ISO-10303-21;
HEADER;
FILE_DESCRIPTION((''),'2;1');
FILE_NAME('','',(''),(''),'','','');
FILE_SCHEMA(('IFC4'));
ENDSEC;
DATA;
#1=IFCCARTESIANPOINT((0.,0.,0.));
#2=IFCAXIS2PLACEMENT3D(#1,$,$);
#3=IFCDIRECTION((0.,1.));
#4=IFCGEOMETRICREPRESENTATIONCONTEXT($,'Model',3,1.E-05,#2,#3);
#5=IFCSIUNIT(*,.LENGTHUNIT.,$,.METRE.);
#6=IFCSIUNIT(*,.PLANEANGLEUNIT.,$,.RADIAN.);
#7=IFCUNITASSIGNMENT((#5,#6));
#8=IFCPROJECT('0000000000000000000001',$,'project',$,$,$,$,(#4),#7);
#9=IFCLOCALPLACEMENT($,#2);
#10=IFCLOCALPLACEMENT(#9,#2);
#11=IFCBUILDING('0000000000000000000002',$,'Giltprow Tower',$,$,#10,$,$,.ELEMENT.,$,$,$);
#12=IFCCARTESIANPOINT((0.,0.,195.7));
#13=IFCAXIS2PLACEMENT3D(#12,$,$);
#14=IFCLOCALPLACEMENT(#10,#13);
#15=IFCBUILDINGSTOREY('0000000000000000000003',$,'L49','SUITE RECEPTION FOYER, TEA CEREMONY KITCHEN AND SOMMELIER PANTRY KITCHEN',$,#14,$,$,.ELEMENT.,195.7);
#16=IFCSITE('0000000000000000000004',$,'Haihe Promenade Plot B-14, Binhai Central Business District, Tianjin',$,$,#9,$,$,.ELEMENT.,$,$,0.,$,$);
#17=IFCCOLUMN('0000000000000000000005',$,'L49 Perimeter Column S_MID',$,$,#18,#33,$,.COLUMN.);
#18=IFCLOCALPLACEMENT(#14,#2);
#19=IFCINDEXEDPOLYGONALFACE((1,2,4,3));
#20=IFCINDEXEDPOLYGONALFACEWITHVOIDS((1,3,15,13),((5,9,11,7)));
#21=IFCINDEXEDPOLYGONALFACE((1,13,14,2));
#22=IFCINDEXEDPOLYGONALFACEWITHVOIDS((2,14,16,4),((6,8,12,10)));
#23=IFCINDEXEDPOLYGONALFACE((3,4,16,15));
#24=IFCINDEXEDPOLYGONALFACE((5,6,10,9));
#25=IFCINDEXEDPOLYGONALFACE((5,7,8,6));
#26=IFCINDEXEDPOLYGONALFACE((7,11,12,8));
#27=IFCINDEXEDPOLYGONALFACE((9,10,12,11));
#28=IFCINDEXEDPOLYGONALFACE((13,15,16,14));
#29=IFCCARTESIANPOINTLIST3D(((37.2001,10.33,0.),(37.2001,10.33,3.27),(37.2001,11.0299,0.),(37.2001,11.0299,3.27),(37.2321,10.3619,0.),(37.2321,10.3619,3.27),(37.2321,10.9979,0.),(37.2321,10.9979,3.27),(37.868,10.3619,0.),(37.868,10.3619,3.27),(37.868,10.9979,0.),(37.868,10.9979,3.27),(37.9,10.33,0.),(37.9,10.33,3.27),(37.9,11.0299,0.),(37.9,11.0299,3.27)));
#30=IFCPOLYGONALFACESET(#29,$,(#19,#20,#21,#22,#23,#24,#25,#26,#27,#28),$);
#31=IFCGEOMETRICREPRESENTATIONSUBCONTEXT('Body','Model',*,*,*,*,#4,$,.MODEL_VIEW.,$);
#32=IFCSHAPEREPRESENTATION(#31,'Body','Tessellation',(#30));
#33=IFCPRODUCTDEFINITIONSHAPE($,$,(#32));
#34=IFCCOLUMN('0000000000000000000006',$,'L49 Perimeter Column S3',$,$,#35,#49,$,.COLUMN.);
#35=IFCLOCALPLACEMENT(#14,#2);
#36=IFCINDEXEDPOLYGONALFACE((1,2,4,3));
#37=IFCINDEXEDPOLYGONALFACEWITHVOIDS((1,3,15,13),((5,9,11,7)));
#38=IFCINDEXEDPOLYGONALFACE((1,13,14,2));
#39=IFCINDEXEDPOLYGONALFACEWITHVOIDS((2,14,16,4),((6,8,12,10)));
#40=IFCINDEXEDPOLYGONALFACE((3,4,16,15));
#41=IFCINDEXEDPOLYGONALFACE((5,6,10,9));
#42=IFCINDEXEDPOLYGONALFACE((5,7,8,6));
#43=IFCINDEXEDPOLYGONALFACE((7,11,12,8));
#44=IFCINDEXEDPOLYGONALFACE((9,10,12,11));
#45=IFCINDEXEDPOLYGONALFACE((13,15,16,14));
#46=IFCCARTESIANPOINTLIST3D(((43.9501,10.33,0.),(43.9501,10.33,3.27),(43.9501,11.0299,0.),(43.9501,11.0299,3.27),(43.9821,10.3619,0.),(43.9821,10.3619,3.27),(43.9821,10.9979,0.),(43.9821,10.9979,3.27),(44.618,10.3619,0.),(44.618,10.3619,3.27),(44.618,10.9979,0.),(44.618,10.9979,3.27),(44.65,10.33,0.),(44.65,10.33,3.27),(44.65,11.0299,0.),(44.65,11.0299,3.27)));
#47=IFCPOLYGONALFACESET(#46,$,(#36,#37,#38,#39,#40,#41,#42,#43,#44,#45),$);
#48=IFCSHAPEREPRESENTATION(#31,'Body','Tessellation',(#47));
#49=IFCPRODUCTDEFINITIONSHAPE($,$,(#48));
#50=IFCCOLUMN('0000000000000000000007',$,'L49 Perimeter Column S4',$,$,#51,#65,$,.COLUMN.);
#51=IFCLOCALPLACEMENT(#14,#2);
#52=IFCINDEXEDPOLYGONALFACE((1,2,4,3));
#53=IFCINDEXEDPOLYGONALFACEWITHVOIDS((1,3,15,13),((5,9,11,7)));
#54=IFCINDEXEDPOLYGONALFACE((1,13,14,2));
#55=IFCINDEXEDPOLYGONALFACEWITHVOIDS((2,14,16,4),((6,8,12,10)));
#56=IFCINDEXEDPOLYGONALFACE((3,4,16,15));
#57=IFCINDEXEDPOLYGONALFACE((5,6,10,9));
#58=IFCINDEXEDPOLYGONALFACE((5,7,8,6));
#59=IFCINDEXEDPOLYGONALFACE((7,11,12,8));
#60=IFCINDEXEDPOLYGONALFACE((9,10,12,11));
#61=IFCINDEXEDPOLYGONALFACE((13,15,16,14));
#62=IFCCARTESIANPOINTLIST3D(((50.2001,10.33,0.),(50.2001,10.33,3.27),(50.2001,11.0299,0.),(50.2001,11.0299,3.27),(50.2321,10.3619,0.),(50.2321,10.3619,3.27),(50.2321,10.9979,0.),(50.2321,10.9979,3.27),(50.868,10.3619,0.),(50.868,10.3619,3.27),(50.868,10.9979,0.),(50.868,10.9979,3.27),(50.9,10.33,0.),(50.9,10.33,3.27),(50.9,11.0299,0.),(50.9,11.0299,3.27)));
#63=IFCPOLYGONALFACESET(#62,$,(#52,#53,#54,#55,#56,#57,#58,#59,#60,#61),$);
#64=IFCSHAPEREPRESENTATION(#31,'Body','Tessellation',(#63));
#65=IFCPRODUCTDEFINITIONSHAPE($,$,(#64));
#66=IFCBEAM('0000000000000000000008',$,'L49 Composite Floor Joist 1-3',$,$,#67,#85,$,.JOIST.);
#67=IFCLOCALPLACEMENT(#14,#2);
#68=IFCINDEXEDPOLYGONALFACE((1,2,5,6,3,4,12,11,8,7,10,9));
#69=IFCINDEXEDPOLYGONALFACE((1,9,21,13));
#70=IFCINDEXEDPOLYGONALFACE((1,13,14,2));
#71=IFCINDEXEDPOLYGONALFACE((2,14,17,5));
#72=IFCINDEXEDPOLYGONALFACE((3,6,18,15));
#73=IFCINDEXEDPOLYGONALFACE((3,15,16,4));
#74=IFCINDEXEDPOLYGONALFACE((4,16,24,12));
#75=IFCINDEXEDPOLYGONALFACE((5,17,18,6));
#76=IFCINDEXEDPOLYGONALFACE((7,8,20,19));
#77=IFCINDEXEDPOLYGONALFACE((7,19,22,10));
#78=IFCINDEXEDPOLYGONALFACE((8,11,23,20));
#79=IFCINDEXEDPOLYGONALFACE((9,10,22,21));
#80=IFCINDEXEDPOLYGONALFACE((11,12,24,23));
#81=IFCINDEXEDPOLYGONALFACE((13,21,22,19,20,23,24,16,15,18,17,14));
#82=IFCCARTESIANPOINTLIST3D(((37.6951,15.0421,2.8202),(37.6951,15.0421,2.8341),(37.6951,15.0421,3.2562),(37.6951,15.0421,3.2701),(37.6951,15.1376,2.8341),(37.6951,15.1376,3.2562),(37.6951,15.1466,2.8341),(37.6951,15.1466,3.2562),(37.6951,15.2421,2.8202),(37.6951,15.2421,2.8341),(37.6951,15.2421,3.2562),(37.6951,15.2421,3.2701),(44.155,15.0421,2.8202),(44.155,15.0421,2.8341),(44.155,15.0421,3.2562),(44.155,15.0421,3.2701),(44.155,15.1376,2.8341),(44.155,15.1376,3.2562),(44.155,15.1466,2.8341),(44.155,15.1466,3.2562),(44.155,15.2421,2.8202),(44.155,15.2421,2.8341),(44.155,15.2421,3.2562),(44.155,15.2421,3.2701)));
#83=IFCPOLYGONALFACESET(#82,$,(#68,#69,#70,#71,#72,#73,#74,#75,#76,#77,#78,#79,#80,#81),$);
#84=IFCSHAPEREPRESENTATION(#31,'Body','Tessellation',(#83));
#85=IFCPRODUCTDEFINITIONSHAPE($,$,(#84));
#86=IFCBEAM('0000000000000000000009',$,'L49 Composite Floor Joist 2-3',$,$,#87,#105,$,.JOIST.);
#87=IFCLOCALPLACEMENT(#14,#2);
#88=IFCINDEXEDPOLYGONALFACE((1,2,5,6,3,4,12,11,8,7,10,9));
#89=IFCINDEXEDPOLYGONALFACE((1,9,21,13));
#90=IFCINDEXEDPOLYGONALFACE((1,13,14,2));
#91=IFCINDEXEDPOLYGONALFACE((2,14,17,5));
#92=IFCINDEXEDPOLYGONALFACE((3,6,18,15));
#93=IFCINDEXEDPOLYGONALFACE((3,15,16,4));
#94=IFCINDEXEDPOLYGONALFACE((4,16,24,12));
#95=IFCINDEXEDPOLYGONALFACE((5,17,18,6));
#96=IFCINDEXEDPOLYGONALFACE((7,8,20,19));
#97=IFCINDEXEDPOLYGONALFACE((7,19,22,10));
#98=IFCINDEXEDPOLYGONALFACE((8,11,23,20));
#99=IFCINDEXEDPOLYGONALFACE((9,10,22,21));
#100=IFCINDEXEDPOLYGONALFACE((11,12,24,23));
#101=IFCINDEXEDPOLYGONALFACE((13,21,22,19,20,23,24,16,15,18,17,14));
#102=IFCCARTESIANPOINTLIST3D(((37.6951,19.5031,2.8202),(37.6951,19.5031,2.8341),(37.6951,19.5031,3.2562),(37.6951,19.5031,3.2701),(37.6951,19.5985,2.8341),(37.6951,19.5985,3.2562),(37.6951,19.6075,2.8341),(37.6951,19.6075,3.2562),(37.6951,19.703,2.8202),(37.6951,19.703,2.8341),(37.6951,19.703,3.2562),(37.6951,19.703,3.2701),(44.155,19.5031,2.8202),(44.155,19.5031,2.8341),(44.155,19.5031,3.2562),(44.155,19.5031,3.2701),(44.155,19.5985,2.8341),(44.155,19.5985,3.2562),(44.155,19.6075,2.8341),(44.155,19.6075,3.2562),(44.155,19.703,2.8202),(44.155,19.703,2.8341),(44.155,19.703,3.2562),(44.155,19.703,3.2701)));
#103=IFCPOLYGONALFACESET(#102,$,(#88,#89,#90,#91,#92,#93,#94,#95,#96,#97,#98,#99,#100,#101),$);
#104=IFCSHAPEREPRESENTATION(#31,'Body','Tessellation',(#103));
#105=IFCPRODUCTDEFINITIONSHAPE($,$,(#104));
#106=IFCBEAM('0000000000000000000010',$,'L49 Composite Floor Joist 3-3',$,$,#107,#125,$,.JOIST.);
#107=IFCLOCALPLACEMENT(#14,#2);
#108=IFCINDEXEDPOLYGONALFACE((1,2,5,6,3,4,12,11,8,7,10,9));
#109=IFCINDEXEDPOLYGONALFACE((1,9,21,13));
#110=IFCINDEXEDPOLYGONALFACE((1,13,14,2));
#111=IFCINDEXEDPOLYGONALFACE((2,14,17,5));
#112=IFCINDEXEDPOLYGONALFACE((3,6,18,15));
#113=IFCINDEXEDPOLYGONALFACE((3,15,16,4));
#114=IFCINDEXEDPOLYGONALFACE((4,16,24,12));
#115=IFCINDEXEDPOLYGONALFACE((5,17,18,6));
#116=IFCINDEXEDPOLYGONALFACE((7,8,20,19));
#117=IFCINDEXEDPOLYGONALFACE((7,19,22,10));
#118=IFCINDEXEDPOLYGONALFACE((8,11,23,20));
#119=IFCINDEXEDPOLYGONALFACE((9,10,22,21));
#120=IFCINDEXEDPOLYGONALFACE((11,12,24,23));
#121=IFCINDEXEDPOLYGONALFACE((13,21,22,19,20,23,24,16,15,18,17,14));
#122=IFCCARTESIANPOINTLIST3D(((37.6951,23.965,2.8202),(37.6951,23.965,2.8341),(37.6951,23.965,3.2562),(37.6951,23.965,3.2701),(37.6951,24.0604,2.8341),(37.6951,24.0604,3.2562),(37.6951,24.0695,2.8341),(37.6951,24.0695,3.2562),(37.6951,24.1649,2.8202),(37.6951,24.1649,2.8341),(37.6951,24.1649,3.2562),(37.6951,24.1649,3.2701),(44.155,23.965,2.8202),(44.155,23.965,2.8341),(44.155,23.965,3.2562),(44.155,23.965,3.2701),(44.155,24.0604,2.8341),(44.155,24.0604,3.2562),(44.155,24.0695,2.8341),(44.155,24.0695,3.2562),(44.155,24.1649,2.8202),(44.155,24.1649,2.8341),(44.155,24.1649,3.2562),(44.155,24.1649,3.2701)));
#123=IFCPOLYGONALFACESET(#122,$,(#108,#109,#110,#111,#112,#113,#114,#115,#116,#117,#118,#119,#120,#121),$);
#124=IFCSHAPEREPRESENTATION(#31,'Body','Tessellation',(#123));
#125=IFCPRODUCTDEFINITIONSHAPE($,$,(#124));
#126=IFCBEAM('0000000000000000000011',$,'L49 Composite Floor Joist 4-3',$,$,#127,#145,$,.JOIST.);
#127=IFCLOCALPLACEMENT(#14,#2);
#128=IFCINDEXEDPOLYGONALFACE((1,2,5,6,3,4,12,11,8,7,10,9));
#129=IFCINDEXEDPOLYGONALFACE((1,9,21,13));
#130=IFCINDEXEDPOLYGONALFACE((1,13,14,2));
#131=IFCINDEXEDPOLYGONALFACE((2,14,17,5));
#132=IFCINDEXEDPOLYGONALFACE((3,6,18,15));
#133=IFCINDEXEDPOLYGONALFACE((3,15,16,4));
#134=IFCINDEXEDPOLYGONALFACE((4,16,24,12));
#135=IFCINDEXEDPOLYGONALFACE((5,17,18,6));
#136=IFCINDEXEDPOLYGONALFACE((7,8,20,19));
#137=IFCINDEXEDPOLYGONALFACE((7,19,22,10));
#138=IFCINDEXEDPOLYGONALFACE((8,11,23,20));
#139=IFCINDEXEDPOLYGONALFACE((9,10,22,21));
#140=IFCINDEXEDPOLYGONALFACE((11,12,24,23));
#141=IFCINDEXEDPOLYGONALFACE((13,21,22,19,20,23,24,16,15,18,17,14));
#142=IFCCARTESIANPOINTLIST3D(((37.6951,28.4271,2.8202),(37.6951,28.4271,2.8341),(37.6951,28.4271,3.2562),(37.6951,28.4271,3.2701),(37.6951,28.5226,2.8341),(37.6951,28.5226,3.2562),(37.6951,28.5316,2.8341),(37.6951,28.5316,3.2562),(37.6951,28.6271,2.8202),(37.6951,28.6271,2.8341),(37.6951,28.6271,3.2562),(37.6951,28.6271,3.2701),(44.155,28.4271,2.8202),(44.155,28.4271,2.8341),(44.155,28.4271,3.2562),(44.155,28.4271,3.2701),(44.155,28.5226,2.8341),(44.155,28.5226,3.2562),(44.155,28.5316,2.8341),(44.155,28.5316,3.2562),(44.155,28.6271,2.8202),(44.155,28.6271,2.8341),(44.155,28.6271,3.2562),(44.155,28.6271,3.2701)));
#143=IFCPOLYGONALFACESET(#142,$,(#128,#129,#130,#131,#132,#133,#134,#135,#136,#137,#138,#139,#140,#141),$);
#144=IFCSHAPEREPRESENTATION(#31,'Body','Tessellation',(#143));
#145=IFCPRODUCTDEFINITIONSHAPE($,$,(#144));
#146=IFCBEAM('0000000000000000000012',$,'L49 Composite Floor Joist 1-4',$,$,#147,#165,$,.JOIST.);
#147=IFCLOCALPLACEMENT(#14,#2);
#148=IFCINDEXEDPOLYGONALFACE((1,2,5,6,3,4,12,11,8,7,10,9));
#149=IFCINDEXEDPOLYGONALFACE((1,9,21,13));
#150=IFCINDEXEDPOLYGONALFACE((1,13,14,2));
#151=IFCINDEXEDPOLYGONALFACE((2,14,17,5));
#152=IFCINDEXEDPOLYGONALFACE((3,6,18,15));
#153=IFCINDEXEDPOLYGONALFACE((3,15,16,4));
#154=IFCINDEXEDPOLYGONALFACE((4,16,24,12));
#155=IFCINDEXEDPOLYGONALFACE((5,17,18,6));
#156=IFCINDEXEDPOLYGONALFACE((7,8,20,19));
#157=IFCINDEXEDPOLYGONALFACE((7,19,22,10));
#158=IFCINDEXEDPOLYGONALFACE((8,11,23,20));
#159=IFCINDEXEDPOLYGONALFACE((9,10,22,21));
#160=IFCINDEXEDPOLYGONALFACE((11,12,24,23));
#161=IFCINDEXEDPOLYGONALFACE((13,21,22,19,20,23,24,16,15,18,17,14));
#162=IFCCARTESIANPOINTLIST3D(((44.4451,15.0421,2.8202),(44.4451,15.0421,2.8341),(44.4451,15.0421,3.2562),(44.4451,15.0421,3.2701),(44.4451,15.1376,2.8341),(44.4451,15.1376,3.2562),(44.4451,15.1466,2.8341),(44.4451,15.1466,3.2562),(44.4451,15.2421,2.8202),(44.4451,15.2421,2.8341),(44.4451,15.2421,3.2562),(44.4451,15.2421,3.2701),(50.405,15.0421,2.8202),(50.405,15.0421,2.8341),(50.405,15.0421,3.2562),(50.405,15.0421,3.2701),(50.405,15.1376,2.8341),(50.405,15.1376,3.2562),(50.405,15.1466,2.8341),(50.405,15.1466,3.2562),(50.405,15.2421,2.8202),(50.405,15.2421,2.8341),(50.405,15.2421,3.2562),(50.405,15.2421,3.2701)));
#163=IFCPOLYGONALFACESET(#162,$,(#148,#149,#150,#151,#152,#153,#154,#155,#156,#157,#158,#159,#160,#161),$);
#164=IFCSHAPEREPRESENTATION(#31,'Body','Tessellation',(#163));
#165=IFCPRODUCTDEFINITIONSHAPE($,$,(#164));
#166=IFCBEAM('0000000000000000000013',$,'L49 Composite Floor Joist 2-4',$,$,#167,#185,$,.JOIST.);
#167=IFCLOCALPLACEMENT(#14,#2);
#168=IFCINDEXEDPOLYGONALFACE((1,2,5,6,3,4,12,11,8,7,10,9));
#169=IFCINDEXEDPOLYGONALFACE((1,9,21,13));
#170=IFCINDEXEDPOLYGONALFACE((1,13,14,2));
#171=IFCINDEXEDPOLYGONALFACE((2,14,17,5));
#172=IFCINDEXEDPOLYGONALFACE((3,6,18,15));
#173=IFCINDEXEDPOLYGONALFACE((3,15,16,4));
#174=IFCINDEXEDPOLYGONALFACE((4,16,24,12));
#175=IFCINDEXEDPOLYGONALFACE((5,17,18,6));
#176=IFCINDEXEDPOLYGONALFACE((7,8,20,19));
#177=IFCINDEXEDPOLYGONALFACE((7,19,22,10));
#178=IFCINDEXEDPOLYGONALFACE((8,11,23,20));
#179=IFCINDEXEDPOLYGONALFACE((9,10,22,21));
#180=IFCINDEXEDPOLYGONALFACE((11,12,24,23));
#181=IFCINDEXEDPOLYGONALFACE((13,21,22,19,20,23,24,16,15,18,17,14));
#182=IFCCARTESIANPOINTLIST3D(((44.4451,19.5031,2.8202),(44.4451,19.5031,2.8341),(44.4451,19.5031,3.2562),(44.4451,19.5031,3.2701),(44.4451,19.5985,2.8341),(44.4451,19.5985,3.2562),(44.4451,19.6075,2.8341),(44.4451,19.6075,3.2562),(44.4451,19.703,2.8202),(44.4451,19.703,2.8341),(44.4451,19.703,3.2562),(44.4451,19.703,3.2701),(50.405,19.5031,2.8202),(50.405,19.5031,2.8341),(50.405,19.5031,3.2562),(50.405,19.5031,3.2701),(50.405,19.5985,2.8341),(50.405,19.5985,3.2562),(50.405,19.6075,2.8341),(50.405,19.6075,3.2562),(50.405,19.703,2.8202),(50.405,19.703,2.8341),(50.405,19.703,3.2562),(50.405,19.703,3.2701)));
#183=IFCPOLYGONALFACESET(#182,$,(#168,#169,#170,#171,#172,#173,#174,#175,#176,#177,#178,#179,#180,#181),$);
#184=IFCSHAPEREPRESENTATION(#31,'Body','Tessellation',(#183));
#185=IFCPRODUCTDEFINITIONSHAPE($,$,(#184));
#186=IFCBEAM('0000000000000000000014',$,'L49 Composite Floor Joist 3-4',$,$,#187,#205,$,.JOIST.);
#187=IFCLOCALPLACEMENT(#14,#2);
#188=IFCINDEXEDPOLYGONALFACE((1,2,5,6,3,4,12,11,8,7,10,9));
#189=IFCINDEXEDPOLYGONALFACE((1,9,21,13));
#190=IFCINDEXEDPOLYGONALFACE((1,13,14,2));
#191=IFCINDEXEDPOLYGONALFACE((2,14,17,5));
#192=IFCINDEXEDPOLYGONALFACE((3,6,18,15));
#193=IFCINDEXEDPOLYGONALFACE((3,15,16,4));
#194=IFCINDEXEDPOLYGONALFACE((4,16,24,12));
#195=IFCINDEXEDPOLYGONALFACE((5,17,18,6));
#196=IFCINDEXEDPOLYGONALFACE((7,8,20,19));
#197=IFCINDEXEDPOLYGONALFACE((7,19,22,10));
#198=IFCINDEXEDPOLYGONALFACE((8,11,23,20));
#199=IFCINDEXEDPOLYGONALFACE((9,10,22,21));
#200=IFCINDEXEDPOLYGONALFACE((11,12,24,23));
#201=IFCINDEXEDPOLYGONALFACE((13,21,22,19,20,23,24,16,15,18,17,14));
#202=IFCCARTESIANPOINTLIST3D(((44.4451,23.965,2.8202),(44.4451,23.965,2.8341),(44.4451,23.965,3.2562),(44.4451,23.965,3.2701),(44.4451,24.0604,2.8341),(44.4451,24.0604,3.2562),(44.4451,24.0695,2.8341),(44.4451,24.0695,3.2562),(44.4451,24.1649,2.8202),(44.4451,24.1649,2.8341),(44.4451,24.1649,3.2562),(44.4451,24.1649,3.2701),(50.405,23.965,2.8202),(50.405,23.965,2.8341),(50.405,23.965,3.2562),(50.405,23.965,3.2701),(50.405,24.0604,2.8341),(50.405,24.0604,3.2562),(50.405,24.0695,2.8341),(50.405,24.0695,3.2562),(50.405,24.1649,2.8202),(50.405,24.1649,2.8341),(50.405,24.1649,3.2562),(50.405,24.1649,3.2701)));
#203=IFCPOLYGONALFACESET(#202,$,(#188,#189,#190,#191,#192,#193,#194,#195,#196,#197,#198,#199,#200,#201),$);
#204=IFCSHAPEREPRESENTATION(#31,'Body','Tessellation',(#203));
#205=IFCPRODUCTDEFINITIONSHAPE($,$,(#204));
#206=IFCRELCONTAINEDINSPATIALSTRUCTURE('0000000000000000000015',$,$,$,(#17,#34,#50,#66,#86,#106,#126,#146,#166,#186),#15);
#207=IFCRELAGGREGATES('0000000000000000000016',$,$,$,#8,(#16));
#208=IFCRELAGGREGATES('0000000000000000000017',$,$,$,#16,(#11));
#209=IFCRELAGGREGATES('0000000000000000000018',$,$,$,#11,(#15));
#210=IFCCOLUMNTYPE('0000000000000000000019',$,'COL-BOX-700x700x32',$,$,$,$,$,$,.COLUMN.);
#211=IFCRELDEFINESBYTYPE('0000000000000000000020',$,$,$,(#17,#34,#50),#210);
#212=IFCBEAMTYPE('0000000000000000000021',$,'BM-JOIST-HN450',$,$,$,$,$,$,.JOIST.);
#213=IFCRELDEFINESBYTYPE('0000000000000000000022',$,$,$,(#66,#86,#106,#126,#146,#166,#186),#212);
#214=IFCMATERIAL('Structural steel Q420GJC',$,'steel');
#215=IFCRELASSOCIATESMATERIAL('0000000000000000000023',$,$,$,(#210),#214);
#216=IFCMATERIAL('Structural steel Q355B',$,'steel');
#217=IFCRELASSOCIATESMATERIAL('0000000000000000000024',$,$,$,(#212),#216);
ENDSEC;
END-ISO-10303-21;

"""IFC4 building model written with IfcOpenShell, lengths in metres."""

from ifc_helpers import new_model, si_unit, direction, frame, origin, origin_2d, place, context, subcontext, project, spatial, hollow_rectangle, i_section, extrude, source, transform, mapped, material, material_profile, profile_set, type_object, element, save


model = new_model("IFC4")

# Units and contexts
model_context = context("Model", 3, precision=1e-05, world=origin(), true_north=direction((0.0, 1.0)))
body_context = subcontext(model_context, "Body", "Model", "MODEL_VIEW")
ifc_project = project(units=[si_unit("LENGTHUNIT", "METRE"), si_unit("PLANEANGLEUNIT", "RADIAN")], contexts=[model_context])

# Site, building, storey
site_placement = place(None, origin())
site = spatial("IfcSite", under=ifc_project, at=site_placement, Name="Haihe Promenade Plot B-14, Binhai Central Business District, Tianjin", CompositionType="ELEMENT", RefElevation=0.0)
building_placement = place(site_placement, origin())
building = spatial("IfcBuilding", under=site, at=building_placement, Name="Giltprow Tower", CompositionType="ELEMENT")
storey_placement = place(building_placement, frame((0.0, 0.0, 195.7)))
storey = spatial("IfcBuildingStorey", under=building, at=storey_placement, Name="L49", Description="SUITE RECEPTION FOYER, TEA CEREMONY KITCHEN AND SOMMELIER PANTRY KITCHEN", CompositionType="ELEMENT", Elevation=195.7)

# Columns
ifc_material_1 = material(Name="Structural steel Q420GJC", Category="steel")
ifc_material_profile_1 = material_profile(ifc_material_1, hollow_rectangle(XDim=0.7, YDim=0.7, WallThickness=0.032, at=origin_2d()), Name="BOX 700x700x32")
ifc_profile_set_1 = profile_set([ifc_material_profile_1], Name="Structural steel Q420GJC")
column_type = type_object("IfcColumnType", Name="COL-BOX-700x700x32", PredefinedType="COLUMN", material=ifc_profile_set_1)
shared_shape_1 = source(origin(), body_context, "Body", "SweptSolid", [
    extrude(hollow_rectangle(XDim=0.7, YDim=0.7, WallThickness=0.032, at=origin_2d()), origin(), (0.0, 0.0, 1.0), 3.27),
])
for number, where, z_axis, x_axis, name in (
    (1, (37.55, 10.6799, 0.0), (0.0, 0.0, 1.0), (1.0, 0.0, 0.0), "L49 Perimeter Column S_MID"),
    (2, (44.3, 10.6799, 0.0), (0.0, 0.0, 1.0), (1.0, 0.0, 0.0), "L49 Perimeter Column S3"),
    (3, (50.55, 10.6799, 0.0), (0.0, 0.0, 1.0), (1.0, 0.0, 0.0), "L49 Perimeter Column S4"),
):
    element("IfcColumn", number, at=place(storey_placement, frame(where, z_axis=z_axis, x_axis=x_axis)), inside=storey, type_object=column_type, Name=name, PredefinedType="COLUMN", context=body_context, shape_type="MappedRepresentation", body=[
        mapped(shared_shape_1, transform((0.0, 0.0, 0.0), x_axis=(1.0, 0.0, 0.0), y_axis=(0.0, 1.0, 0.0), z_axis=(0.0, 0.0, 1.0), scale=1.0)),
    ])

# Beams
ifc_material_2 = material(Name="Structural steel Q355B", Category="steel")
ifc_material_profile_2 = material_profile(ifc_material_2, i_section(OverallWidth=0.2, OverallDepth=0.45, WebThickness=0.009, FlangeThickness=0.0139, at=origin_2d()), Name="HN 450x200x9x14")
ifc_profile_set_2 = profile_set([ifc_material_profile_2], Name="Structural steel Q355B")
beam_type_1 = type_object("IfcBeamType", Name="BM-JOIST-HN450", PredefinedType="JOIST", material=ifc_profile_set_2)
shared_shape_2 = source(origin(), body_context, "Body", "SweptSolid", [
    extrude(i_section(OverallWidth=0.2, OverallDepth=0.45, WebThickness=0.009, FlangeThickness=0.0139, at=origin_2d()), origin(), (0.0, 0.0, 1.0), 6.46),
])
for number, where, z_axis, x_axis, name in (
    (4, (37.6951, 15.1421, 3.0452), (1.0, 0.0, 0.0), (0.0, 1.0, 0.0), "L49 Composite Floor Joist 1-3"),
    (5, (37.6951, 19.603, 3.0452), (1.0, 0.0, 0.0), (0.0, 1.0, 0.0), "L49 Composite Floor Joist 2-3"),
    (6, (37.6951, 24.0649, 3.0452), (1.0, 0.0, 0.0), (0.0, 1.0, 0.0), "L49 Composite Floor Joist 3-3"),
    (7, (37.6951, 28.5271, 3.0452), (1.0, 0.0, 0.0), (0.0, 1.0, 0.0), "L49 Composite Floor Joist 4-3"),
):
    element("IfcBeam", number, at=place(storey_placement, frame(where, z_axis=z_axis, x_axis=x_axis)), inside=storey, type_object=beam_type_1, Name=name, PredefinedType="JOIST", context=body_context, shape_type="MappedRepresentation", body=[
        mapped(shared_shape_2, transform((0.0, 0.0, 0.0), x_axis=(1.0, 0.0, 0.0), y_axis=(0.0, 1.0, 0.0), z_axis=(0.0, 0.0, 1.0), scale=1.0)),
    ])
shared_shape_3 = source(origin(), body_context, "Body", "SweptSolid", [
    extrude(i_section(OverallWidth=0.2, OverallDepth=0.45, WebThickness=0.009, FlangeThickness=0.0139, at=origin_2d()), origin(), (0.0, 0.0, 1.0), 5.96),
])
for number, where, z_axis, x_axis, name in (
    (8, (44.4451, 15.1421, 3.0452), (1.0, 0.0, 0.0), (0.0, 1.0, 0.0), "L49 Composite Floor Joist 1-4"),
    (9, (44.4451, 19.603, 3.0452), (1.0, 0.0, 0.0), (0.0, 1.0, 0.0), "L49 Composite Floor Joist 2-4"),
    (10, (44.4451, 24.0649, 3.0452), (1.0, 0.0, 0.0), (0.0, 1.0, 0.0), "L49 Composite Floor Joist 3-4"),
):
    element("IfcBeam", number, at=place(storey_placement, frame(where, z_axis=z_axis, x_axis=x_axis)), inside=storey, type_object=beam_type_1, Name=name, PredefinedType="JOIST", context=body_context, shape_type="MappedRepresentation", body=[
        mapped(shared_shape_3, transform((0.0, 0.0, 0.0), x_axis=(1.0, 0.0, 0.0), y_axis=(0.0, 1.0, 0.0), z_axis=(0.0, 0.0, 1.0), scale=1.0)),
    ])

save(model, "model.ifc")
